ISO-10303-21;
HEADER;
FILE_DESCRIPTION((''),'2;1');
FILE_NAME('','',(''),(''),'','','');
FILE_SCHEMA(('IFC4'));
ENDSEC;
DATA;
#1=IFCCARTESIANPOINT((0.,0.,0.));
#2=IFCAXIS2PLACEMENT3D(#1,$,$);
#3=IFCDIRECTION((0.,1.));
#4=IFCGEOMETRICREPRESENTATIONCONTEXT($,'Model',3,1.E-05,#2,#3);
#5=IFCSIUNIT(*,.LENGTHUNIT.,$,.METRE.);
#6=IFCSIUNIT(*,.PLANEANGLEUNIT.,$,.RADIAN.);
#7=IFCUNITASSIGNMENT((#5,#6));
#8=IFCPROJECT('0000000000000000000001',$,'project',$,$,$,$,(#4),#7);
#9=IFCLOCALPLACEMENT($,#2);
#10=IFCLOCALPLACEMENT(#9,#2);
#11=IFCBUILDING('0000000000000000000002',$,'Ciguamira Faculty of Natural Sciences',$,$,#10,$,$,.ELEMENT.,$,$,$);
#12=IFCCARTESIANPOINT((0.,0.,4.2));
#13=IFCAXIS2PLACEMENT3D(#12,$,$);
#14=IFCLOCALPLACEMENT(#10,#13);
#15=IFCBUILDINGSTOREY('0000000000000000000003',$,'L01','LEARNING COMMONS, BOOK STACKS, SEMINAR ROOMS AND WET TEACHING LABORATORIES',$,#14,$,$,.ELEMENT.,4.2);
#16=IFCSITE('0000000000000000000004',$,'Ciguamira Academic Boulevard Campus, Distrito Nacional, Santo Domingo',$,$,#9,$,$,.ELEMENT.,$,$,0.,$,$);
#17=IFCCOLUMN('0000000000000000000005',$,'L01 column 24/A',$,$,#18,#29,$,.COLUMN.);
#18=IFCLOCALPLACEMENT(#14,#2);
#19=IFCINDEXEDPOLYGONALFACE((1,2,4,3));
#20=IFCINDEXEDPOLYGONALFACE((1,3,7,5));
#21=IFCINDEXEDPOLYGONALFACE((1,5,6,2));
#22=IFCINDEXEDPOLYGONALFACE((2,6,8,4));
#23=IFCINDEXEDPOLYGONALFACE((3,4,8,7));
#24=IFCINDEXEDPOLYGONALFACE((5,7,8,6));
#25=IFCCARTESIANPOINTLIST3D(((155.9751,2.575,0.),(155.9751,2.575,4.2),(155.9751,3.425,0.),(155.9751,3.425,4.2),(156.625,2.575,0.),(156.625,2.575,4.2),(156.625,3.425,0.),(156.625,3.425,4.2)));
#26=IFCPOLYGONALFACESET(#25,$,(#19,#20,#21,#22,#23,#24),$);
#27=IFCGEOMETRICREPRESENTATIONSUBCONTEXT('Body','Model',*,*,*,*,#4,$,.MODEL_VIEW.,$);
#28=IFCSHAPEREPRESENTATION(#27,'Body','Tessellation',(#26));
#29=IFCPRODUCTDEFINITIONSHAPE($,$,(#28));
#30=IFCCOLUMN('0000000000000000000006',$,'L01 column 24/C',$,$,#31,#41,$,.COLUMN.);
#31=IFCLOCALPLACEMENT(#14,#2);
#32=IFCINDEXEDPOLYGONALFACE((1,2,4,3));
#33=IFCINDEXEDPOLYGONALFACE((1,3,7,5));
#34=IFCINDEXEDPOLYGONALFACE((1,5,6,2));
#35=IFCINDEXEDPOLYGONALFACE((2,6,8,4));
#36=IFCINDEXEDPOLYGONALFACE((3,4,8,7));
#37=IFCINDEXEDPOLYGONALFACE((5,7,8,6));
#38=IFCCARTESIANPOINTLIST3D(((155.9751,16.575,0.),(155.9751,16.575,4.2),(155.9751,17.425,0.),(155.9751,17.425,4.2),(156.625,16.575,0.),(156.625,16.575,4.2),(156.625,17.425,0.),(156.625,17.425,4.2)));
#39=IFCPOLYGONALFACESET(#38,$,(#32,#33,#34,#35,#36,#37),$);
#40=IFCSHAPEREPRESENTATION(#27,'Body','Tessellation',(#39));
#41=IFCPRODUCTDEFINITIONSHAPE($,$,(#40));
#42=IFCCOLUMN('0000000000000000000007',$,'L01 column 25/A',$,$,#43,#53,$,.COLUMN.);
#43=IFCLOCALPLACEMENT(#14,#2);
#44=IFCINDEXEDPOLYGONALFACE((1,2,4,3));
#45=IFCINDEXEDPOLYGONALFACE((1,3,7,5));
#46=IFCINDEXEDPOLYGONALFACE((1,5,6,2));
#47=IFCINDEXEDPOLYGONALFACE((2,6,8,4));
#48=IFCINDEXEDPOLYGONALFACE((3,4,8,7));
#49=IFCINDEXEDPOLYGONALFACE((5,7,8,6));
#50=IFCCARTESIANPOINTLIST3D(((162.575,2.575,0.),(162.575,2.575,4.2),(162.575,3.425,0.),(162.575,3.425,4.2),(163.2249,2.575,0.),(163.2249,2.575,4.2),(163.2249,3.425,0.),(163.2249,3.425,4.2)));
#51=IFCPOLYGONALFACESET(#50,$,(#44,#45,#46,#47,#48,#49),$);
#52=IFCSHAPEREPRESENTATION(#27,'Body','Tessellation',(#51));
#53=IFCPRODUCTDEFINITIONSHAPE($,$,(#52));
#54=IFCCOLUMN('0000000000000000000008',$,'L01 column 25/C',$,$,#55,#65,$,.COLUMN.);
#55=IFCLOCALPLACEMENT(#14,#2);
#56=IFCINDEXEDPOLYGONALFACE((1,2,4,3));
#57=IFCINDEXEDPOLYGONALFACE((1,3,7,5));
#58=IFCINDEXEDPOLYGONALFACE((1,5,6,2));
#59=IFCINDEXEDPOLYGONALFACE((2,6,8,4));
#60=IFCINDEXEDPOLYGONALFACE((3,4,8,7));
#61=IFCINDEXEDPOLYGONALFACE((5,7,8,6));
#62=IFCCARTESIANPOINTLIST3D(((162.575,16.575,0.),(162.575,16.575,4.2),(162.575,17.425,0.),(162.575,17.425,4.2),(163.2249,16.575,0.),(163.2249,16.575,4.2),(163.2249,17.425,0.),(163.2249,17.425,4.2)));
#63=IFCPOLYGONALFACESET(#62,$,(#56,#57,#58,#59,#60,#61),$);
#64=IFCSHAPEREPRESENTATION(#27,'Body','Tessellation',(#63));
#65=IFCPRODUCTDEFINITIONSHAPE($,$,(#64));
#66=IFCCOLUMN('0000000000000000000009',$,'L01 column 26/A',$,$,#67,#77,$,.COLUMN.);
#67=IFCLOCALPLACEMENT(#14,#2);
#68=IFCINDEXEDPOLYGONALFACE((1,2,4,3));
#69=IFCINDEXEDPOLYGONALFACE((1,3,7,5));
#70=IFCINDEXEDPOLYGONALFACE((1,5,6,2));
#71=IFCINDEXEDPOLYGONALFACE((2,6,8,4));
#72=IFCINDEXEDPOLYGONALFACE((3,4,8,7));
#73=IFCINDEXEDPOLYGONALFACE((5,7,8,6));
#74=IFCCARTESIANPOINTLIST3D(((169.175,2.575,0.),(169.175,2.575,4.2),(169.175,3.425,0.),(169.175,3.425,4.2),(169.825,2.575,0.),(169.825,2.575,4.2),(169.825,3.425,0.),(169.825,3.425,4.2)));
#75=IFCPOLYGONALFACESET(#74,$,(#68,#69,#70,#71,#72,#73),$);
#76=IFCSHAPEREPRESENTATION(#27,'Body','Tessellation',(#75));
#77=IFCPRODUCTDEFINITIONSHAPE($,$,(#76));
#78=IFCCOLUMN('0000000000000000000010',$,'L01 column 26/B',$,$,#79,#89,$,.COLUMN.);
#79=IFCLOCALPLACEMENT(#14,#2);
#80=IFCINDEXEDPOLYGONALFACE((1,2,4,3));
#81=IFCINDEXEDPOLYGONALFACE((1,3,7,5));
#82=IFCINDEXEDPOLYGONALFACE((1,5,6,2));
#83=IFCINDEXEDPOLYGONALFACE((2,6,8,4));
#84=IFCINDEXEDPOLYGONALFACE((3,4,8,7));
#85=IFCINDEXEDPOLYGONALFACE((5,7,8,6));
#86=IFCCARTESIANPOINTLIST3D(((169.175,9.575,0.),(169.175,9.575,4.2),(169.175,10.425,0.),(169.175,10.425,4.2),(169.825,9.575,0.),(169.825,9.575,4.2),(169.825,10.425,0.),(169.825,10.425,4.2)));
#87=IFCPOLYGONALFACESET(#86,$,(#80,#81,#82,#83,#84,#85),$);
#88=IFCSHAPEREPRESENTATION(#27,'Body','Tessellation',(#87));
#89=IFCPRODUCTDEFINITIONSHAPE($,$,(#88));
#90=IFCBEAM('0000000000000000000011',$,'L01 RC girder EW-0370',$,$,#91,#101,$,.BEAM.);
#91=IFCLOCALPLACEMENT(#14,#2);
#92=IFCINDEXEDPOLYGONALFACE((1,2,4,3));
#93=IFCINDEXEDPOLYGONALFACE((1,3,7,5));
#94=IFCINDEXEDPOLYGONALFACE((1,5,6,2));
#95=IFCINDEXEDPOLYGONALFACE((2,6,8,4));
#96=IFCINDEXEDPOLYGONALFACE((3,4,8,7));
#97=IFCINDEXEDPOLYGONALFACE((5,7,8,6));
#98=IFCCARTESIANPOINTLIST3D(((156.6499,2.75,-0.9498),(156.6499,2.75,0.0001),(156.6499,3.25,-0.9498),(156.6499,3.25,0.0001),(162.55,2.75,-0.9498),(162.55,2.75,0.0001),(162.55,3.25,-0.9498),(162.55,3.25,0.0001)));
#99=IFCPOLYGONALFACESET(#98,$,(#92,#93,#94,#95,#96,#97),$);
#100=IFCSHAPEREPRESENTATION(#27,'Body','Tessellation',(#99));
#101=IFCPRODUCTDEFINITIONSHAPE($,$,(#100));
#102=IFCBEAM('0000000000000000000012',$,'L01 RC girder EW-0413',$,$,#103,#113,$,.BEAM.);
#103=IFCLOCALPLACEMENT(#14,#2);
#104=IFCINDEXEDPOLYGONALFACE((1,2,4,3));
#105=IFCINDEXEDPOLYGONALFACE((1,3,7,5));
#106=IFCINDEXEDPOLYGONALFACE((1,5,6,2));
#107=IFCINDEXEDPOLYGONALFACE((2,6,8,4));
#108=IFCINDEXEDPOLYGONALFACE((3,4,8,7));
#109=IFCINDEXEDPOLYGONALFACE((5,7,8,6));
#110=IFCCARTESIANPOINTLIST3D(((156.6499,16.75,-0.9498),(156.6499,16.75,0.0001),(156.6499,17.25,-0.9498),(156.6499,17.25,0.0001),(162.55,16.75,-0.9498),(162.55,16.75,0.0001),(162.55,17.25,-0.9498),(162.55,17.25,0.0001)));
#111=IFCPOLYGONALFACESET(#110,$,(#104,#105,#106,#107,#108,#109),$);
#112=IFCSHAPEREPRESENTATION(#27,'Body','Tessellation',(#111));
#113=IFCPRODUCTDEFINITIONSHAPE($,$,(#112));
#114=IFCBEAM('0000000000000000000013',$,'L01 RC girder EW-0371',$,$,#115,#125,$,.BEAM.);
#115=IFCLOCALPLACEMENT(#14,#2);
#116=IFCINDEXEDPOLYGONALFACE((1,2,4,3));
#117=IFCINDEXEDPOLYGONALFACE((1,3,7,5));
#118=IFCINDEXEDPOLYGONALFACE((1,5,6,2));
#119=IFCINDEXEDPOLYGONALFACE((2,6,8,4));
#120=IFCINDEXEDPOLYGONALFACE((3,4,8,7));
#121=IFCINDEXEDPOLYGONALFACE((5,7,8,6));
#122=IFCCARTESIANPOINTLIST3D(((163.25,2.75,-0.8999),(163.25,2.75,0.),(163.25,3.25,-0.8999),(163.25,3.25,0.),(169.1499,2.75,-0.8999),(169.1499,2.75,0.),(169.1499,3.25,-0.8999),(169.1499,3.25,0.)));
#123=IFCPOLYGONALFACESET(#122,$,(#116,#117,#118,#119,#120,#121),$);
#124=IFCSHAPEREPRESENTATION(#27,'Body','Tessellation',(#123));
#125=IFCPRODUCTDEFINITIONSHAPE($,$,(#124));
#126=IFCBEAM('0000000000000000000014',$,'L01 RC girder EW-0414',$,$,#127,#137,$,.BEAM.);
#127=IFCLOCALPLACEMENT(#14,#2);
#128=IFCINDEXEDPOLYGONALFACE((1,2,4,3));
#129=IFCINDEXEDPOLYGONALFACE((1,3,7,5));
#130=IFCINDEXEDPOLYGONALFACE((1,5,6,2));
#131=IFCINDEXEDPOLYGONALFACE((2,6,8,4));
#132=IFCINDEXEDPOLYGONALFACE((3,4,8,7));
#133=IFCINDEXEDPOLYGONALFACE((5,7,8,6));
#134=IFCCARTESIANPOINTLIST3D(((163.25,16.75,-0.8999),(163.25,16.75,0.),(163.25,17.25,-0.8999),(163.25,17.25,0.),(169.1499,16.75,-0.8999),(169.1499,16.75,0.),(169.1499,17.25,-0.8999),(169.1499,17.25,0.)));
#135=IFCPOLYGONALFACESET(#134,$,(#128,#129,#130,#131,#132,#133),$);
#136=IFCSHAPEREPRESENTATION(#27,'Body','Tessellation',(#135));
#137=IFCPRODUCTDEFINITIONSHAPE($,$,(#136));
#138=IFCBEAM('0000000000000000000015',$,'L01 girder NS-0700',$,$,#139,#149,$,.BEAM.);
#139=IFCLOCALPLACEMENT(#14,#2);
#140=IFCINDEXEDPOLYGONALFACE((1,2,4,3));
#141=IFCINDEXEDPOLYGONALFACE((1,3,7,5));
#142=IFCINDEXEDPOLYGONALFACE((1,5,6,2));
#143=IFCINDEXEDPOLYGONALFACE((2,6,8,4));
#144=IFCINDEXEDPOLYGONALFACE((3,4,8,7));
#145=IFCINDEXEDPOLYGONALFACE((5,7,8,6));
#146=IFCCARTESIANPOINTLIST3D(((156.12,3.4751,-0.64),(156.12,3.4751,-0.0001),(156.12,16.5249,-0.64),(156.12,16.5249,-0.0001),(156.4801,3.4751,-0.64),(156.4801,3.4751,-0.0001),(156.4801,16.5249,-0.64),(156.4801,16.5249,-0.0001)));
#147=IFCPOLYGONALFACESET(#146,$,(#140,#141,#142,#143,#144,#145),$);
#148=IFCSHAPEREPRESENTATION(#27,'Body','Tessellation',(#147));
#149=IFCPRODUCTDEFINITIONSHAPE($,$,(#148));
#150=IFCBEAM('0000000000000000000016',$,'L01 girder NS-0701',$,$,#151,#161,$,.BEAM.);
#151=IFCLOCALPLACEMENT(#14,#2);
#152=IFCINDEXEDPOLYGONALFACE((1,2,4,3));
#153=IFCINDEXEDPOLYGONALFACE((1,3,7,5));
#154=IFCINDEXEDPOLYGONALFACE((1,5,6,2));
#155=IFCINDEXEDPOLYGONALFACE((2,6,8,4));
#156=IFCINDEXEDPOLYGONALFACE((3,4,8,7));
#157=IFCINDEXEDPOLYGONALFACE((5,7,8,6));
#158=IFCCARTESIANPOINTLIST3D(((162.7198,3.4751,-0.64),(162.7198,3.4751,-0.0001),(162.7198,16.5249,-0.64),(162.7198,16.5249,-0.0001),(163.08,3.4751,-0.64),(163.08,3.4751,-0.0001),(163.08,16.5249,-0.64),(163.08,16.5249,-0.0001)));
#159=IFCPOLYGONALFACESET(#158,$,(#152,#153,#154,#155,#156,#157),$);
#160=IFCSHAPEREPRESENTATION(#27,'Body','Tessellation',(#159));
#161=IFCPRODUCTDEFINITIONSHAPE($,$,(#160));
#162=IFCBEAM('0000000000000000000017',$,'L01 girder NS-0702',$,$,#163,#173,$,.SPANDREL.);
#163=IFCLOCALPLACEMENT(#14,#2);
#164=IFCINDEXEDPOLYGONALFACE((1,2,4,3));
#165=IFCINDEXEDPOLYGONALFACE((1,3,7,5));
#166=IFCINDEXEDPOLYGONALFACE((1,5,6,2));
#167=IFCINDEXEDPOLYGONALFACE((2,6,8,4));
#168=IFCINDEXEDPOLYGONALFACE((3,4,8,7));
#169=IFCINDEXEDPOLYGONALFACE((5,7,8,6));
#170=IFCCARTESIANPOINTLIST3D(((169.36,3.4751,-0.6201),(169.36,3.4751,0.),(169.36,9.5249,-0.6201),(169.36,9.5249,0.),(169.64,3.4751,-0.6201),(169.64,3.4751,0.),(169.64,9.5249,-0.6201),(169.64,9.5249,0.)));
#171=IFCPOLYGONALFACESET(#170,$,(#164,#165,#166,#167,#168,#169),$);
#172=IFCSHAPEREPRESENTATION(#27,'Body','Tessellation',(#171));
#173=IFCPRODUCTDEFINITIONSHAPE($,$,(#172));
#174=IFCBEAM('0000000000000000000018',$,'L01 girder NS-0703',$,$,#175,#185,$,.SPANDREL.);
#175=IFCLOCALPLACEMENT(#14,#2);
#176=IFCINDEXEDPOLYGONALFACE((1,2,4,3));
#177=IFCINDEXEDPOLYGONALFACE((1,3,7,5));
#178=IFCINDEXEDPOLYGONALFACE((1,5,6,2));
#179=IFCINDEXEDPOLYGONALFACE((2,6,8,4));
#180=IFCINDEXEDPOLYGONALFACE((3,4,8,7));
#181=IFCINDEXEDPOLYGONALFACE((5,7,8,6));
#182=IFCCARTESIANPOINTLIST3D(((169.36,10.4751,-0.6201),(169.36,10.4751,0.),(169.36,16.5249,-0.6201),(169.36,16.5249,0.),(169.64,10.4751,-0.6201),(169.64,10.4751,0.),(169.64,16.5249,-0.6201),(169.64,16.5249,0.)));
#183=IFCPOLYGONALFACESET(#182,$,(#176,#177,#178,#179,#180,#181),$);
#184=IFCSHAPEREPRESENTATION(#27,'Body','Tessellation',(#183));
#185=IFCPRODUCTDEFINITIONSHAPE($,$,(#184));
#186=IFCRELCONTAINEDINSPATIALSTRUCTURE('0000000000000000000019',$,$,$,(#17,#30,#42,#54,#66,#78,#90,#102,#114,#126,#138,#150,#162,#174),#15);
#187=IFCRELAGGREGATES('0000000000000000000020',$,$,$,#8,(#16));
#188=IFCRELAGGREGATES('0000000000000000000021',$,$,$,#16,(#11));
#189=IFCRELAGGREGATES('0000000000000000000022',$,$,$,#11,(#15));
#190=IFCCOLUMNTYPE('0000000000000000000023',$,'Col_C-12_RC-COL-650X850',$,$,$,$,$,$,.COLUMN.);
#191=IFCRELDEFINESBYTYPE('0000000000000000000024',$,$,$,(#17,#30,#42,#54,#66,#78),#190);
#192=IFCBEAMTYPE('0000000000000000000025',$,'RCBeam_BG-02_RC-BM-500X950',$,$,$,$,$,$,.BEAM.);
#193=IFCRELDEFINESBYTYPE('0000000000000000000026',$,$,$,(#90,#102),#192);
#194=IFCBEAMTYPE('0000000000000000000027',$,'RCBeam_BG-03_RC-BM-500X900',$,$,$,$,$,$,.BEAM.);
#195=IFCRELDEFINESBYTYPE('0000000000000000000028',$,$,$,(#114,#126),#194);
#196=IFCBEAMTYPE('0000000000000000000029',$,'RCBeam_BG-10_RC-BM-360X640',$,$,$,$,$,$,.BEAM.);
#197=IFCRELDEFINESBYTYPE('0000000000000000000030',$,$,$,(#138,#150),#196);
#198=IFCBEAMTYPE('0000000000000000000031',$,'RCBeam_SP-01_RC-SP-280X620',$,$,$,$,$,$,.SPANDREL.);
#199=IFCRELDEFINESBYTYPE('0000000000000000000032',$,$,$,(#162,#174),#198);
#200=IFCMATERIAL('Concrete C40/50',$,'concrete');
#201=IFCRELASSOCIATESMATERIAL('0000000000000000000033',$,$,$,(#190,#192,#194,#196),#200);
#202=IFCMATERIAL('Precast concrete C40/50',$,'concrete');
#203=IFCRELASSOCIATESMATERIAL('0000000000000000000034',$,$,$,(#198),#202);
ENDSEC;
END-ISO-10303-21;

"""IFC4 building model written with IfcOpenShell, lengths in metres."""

from ifc_helpers import new_model, si_unit, direction, frame, origin, origin_2d, place, context, subcontext, project, spatial, rectangle, extrude, material, material_profile, profile_set, type_object, element, save


model = new_model("IFC4")

# Units and contexts
model_context = context("Model", 3, precision=1e-05, world=origin(), true_north=direction((0.0, 1.0)))
body_context = subcontext(model_context, "Body", "Model", "MODEL_VIEW")
ifc_project = project(units=[si_unit("LENGTHUNIT", "METRE"), si_unit("PLANEANGLEUNIT", "RADIAN")], contexts=[model_context])

# Site, building, storey
site_placement = place(None, origin())
site = spatial("IfcSite", under=ifc_project, at=site_placement, Name="Ciguamira Academic Boulevard Campus, Distrito Nacional, Santo Domingo", CompositionType="ELEMENT", RefElevation=0.0)
building_placement = place(site_placement, origin())
building = spatial("IfcBuilding", under=site, at=building_placement, Name="Ciguamira Faculty of Natural Sciences", CompositionType="ELEMENT")
storey_placement = place(building_placement, frame((0.0, 0.0, 4.2)))
storey = spatial("IfcBuildingStorey", under=building, at=storey_placement, Name="L01", Description="LEARNING COMMONS, BOOK STACKS, SEMINAR ROOMS AND WET TEACHING LABORATORIES", CompositionType="ELEMENT", Elevation=4.2)

# Columns
ifc_material_1 = material(Name="Concrete C40/50", Category="concrete")
ifc_material_profile_1 = material_profile(ifc_material_1, rectangle(XDim=0.6499, YDim=0.8501, at=origin_2d()), Name="RC-COL-650X850")
ifc_profile_set_1 = profile_set([ifc_material_profile_1], Name="Concrete C40/50")
column_type = type_object("IfcColumnType", Name="Col_C-12_RC-COL-650X850", PredefinedType="COLUMN", material=ifc_profile_set_1)
for number, where, z_axis, x_axis, name in (
    (1, (156.3, 3.0, 0.0), (0.0, 0.0, 1.0), (1.0, 0.0, 0.0), "L01 column 24/A"),
    (2, (156.3, 17.0, 0.0), (0.0, 0.0, 1.0), (1.0, 0.0, 0.0), "L01 column 24/C"),
    (3, (162.8999, 3.0, 0.0), (0.0, 0.0, 1.0), (1.0, 0.0, 0.0), "L01 column 25/A"),
    (4, (162.8999, 17.0, 0.0), (0.0, 0.0, 1.0), (1.0, 0.0, 0.0), "L01 column 25/C"),
    (5, (169.5, 3.0, 0.0), (0.0, 0.0, 1.0), (1.0, 0.0, 0.0), "L01 column 26/A"),
    (6, (169.5, 10.0, 0.0), (0.0, 0.0, 1.0), (1.0, 0.0, 0.0), "L01 column 26/B"),
):
    element("IfcColumn", number, at=place(storey_placement, frame(where, z_axis=z_axis, x_axis=x_axis)), inside=storey, type_object=column_type, Name=name, PredefinedType="COLUMN", context=body_context, shape_type="SweptSolid", body=[
        extrude(rectangle(XDim=0.6499, YDim=0.8501, at=origin_2d()), origin(), (0.0, 0.0, 1.0), 4.2),
    ])

# Beams
ifc_material_profile_2 = material_profile(ifc_material_1, rectangle(XDim=0.5, YDim=0.95, at=origin_2d()), Name="RC-BM-500X950")
ifc_profile_set_2 = profile_set([ifc_material_profile_2], Name="Concrete C40/50")
beam_type_1 = type_object("IfcBeamType", Name="RCBeam_BG-02_RC-BM-500X950", PredefinedType="BEAM", material=ifc_profile_set_2)
for number, where, z_axis, x_axis, name in (
    (7, (156.6499, 3.0, -0.4749), (1.0, 0.0, 0.0), (0.0, 1.0, 0.0), "L01 RC girder EW-0370"),
    (8, (156.6499, 17.0, -0.4749), (1.0, 0.0, 0.0), (0.0, 1.0, 0.0), "L01 RC girder EW-0413"),
):
    element("IfcBeam", number, at=place(storey_placement, frame(where, z_axis=z_axis, x_axis=x_axis)), inside=storey, type_object=beam_type_1, Name=name, PredefinedType="BEAM", context=body_context, shape_type="SweptSolid", body=[
        extrude(rectangle(XDim=0.5, YDim=0.95, at=origin_2d()), origin(), (0.0, 0.0, 1.0), 5.9001),
    ])
ifc_material_profile_3 = material_profile(ifc_material_1, rectangle(XDim=0.5, YDim=0.8999, at=origin_2d()), Name="RC-BM-500X900")
ifc_profile_set_3 = profile_set([ifc_material_profile_3], Name="Concrete C40/50")
beam_type_2 = type_object("IfcBeamType", Name="RCBeam_BG-03_RC-BM-500X900", PredefinedType="BEAM", material=ifc_profile_set_3)
for number, where, z_axis, x_axis, name in (
    (9, (163.25, 3.0, -0.45), (1.0, 0.0, 0.0), (0.0, 1.0, 0.0), "L01 RC girder EW-0371"),
    (10, (163.25, 17.0, -0.45), (1.0, 0.0, 0.0), (0.0, 1.0, 0.0), "L01 RC girder EW-0414"),
):
    element("IfcBeam", number, at=place(storey_placement, frame(where, z_axis=z_axis, x_axis=x_axis)), inside=storey, type_object=beam_type_2, Name=name, PredefinedType="BEAM", context=body_context, shape_type="SweptSolid", body=[
        extrude(rectangle(XDim=0.5, YDim=0.8999, at=origin_2d()), origin(), (0.0, 0.0, 1.0), 5.8999),
    ])
ifc_material_profile_4 = material_profile(ifc_material_1, rectangle(XDim=0.3601, YDim=0.6399, at=origin_2d()), Name="RC-BM-360X640")
ifc_profile_set_4 = profile_set([ifc_material_profile_4], Name="Concrete C40/50")
beam_type_3 = type_object("IfcBeamType", Name="RCBeam_BG-10_RC-BM-360X640", PredefinedType="BEAM", material=ifc_profile_set_4)
for number, where, z_axis, x_axis, name in (
    (11, (156.3, 3.4751, -0.3201), (0.0, 1.0, 0.0), (-1.0, 0.0, 0.0), "L01 girder NS-0700"),
    (12, (162.8999, 3.4751, -0.3201), (0.0, 1.0, 0.0), (-1.0, 0.0, 0.0), "L01 girder NS-0701"),
):
    element("IfcBeam", number, at=place(storey_placement, frame(where, z_axis=z_axis, x_axis=x_axis)), inside=storey, type_object=beam_type_3, Name=name, PredefinedType="BEAM", context=body_context, shape_type="SweptSolid", body=[
        extrude(rectangle(XDim=0.3601, YDim=0.6399, at=origin_2d()), origin(), (0.0, 0.0, 1.0), 13.0498),
    ])
ifc_material_2 = material(Name="Precast concrete C40/50", Category="concrete")
ifc_material_profile_5 = material_profile(ifc_material_2, rectangle(XDim=0.28, YDim=0.6201, at=origin_2d()), Name="RC-SP-280X620")
ifc_profile_set_5 = profile_set([ifc_material_profile_5], Name="Precast concrete C40/50")
beam_type_4 = type_object("IfcBeamType", Name="RCBeam_SP-01_RC-SP-280X620", PredefinedType="SPANDREL", material=ifc_profile_set_5)
for number, where, z_axis, x_axis, name in (
    (13, (169.5, 3.4751, -0.3101), (0.0, 1.0, 0.0), (-1.0, 0.0, 0.0), "L01 girder NS-0702"),
    (14, (169.5, 10.4751, -0.3101), (0.0, 1.0, 0.0), (-1.0, 0.0, 0.0), "L01 girder NS-0703"),
):
    element("IfcBeam", number, at=place(storey_placement, frame(where, z_axis=z_axis, x_axis=x_axis)), inside=storey, type_object=beam_type_4, Name=name, PredefinedType="SPANDREL", context=body_context, shape_type="SweptSolid", body=[
        extrude(rectangle(XDim=0.28, YDim=0.6201, at=origin_2d()), origin(), (0.0, 0.0, 1.0), 6.0498),
    ])

save(model, "model.ifc")
